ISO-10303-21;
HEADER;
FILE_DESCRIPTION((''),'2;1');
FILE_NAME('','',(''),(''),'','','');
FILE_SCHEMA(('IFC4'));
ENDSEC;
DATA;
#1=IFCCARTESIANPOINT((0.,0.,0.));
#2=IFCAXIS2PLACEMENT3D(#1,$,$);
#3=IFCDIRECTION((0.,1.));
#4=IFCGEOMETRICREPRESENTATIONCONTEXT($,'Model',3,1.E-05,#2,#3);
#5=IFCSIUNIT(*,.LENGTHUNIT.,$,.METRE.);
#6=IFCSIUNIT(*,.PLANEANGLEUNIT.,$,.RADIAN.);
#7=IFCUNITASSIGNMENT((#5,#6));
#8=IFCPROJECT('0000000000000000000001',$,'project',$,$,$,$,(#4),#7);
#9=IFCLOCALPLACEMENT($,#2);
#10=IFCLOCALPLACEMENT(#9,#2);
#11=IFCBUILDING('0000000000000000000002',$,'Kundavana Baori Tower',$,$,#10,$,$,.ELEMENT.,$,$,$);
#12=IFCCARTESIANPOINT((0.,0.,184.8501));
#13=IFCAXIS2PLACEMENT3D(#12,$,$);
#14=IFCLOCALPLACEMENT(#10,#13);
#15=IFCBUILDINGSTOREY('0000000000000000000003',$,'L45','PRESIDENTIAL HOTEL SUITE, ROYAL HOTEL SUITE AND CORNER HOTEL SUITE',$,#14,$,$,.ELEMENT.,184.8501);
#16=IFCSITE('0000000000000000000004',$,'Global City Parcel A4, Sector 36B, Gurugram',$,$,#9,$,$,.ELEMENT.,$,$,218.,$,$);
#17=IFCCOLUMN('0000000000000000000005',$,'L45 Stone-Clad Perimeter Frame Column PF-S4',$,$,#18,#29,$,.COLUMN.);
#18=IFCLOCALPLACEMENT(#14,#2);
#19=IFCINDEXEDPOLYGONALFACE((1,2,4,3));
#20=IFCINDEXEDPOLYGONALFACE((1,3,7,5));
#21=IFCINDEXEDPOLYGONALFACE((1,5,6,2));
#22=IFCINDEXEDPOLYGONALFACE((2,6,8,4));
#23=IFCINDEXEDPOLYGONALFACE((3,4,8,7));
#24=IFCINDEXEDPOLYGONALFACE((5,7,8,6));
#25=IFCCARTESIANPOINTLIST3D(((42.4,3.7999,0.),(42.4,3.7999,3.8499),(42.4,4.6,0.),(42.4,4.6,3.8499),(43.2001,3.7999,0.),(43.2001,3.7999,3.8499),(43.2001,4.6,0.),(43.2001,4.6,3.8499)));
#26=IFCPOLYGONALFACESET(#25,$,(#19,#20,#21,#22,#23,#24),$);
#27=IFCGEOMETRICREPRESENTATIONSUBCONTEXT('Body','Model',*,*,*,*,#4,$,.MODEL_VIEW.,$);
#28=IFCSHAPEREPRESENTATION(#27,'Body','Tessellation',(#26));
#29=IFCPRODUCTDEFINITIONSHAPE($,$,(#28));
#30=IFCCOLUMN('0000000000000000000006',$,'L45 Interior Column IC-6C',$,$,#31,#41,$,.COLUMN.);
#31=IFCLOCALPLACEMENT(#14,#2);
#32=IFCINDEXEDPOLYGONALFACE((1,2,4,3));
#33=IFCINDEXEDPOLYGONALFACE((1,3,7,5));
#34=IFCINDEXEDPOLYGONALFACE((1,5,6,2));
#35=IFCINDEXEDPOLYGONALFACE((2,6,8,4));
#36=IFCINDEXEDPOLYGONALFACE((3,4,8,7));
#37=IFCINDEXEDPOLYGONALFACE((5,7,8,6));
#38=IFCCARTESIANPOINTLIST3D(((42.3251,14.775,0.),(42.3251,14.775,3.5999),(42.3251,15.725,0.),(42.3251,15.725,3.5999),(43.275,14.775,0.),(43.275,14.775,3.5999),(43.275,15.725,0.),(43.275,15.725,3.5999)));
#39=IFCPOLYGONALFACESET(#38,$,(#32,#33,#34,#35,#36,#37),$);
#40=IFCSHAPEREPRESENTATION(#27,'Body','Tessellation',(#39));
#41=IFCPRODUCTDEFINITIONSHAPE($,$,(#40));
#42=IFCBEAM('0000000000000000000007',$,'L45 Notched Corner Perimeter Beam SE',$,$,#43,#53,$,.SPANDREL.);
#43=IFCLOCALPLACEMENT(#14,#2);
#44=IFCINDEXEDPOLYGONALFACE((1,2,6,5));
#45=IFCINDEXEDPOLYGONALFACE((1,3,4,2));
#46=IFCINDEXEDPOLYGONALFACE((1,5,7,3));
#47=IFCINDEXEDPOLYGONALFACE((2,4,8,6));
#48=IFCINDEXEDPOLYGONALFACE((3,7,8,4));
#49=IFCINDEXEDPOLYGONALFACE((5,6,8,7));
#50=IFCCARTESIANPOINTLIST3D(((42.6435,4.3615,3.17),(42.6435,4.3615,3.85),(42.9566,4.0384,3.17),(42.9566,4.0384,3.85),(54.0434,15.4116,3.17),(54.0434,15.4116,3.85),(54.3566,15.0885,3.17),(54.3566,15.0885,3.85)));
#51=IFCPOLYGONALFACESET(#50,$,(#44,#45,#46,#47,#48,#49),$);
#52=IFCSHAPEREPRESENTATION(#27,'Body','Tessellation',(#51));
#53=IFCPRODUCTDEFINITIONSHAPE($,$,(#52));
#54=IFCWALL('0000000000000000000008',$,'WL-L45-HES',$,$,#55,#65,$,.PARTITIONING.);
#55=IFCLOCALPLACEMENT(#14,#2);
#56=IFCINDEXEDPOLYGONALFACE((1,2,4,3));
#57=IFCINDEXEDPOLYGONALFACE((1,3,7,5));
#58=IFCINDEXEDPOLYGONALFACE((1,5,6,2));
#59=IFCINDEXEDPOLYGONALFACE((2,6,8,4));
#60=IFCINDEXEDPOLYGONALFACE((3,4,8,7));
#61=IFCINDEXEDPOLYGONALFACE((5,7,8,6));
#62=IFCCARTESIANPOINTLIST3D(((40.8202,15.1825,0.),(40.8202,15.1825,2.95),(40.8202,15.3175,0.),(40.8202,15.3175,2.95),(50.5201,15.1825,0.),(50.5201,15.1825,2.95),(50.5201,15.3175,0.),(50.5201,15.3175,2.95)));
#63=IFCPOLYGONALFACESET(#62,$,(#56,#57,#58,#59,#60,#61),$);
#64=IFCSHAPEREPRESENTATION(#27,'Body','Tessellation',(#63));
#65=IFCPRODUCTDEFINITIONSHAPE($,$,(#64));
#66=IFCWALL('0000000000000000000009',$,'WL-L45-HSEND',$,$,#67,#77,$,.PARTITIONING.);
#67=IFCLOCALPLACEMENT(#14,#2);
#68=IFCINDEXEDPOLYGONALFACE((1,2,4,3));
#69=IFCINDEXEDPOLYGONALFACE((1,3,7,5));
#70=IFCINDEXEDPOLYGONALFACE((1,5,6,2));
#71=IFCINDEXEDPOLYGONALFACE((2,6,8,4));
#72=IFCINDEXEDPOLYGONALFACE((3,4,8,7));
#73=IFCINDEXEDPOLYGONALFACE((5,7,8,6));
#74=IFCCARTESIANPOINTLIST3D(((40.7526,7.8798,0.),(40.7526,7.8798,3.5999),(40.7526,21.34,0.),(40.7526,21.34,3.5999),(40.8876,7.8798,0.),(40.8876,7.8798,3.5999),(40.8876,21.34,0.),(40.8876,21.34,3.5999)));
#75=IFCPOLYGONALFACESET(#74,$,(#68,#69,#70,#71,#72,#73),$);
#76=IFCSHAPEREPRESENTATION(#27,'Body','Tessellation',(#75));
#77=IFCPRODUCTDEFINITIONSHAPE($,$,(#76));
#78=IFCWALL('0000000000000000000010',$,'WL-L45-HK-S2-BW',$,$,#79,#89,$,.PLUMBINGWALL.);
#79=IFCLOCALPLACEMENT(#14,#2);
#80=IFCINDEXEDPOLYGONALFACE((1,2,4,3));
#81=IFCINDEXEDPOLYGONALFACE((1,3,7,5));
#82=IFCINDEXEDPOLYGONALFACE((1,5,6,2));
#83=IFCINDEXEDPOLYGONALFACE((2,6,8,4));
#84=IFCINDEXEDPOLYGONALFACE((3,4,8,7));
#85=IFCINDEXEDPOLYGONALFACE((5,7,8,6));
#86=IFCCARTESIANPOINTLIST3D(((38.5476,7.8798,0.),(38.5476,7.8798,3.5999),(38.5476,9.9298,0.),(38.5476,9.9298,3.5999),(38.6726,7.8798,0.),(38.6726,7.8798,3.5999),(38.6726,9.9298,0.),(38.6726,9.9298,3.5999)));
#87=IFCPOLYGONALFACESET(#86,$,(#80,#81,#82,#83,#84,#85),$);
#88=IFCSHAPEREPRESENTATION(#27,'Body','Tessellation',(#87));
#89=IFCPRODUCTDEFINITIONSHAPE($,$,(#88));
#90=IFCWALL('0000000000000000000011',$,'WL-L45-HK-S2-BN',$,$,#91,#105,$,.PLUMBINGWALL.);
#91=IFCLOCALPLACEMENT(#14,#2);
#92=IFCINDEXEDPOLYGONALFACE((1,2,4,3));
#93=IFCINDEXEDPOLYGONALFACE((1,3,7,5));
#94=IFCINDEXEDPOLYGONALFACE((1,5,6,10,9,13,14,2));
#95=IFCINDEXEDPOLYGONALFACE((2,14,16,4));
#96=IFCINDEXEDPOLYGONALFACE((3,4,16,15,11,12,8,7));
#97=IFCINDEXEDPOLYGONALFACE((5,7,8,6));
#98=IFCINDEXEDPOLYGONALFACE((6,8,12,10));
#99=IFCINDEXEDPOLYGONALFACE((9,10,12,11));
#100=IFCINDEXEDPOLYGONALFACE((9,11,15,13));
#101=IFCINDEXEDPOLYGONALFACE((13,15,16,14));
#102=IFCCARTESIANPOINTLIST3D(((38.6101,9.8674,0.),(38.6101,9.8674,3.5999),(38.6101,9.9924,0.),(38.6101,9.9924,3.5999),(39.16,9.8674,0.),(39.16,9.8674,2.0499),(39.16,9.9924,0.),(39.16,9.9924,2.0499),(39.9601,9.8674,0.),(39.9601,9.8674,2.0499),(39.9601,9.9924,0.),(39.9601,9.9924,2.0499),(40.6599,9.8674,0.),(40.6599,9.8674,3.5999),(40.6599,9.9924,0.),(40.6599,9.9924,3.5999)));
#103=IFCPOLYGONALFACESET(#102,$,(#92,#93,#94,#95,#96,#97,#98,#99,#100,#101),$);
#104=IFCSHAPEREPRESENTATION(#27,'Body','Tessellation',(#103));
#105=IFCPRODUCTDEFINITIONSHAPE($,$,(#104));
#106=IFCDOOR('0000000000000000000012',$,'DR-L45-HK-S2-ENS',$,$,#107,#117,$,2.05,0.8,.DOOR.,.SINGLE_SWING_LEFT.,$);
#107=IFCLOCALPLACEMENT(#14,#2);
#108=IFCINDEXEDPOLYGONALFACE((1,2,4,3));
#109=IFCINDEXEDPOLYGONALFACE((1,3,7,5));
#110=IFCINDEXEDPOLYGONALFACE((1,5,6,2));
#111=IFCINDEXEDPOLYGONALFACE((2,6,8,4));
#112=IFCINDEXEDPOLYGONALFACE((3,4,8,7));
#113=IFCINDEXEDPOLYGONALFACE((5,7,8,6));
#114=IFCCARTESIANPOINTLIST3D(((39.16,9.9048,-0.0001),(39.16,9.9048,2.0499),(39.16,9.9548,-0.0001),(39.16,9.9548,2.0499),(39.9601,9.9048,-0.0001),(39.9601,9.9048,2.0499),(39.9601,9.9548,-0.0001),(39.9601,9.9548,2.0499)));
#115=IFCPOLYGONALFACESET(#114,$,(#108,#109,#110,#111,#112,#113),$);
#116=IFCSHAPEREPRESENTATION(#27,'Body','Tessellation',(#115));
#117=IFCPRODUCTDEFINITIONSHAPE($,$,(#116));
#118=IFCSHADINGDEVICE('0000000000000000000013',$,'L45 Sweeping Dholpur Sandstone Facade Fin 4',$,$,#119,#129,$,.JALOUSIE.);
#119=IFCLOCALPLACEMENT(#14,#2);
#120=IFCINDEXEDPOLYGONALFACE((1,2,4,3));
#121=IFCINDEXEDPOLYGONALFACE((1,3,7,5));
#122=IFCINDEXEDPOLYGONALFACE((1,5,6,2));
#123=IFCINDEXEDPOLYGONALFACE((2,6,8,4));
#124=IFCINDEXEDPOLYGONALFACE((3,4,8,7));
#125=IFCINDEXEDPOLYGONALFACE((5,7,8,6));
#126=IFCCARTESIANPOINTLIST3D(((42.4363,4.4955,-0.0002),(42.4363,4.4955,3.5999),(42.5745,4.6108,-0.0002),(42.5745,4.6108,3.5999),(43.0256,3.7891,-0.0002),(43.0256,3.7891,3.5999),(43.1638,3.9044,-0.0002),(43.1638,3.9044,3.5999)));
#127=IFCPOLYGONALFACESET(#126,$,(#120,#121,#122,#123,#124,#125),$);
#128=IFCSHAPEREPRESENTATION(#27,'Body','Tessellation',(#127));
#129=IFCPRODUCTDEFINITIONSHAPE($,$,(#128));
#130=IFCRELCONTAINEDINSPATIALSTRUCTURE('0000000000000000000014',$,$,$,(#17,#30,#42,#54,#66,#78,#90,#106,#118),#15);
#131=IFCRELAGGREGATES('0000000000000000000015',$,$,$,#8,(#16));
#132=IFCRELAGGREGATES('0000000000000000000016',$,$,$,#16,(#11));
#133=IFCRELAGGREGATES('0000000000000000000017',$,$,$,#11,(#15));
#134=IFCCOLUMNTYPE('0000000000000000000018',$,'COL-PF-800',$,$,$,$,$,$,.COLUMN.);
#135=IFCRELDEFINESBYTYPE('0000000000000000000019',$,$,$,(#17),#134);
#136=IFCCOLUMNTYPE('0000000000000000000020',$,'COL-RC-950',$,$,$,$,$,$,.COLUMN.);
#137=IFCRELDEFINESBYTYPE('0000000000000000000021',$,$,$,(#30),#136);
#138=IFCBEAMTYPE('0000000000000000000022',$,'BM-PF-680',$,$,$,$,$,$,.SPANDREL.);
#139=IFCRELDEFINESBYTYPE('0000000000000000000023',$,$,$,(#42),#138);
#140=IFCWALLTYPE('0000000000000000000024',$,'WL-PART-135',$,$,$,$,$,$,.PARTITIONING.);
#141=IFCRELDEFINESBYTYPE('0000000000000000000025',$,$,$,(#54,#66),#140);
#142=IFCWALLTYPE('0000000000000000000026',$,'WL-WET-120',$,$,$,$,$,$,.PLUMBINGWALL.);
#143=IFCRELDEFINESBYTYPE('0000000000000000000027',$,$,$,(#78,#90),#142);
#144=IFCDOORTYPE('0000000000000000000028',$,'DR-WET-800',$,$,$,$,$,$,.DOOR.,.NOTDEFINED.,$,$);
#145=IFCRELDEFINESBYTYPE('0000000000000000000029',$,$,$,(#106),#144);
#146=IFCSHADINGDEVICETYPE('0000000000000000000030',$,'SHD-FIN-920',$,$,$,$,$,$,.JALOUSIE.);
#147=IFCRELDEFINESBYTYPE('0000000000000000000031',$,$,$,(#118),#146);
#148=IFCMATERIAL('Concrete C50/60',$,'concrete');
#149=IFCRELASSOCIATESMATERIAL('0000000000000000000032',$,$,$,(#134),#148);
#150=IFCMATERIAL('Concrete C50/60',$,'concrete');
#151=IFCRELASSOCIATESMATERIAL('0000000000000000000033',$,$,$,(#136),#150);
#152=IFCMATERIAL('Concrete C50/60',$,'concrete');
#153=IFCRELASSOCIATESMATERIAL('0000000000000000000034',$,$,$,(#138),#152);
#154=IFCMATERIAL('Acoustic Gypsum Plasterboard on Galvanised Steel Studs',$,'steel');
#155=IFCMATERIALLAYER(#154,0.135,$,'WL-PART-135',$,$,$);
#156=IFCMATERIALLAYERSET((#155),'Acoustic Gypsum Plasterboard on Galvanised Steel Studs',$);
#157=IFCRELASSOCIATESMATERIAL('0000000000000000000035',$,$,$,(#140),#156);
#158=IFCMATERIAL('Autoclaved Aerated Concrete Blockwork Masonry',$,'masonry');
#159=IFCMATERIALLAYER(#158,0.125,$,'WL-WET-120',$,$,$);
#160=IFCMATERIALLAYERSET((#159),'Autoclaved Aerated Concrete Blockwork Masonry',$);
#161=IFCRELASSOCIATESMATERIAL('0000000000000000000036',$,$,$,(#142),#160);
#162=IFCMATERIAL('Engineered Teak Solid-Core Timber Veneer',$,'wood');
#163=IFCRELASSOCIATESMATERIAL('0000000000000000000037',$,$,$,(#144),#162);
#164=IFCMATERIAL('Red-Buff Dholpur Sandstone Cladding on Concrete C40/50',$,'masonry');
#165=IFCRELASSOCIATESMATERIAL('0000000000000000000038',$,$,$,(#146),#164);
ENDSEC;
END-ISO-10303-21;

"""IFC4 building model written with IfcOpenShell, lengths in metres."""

from ifc_helpers import new_model, si_unit, direction, frame, frame_2d, origin, origin_2d, place, context, subcontext, project, spatial, rectangle, extrude, material, layer, layer_set, material_profile, profile_set, type_object, element, fill, save


model = new_model("IFC4")

# Units and contexts
model_context = context("Model", 3, precision=1e-05, world=origin(), true_north=direction((0.0, 1.0)))
body_context = subcontext(model_context, "Body", "Model", "MODEL_VIEW")
ifc_project = project(units=[si_unit("LENGTHUNIT", "METRE"), si_unit("PLANEANGLEUNIT", "RADIAN")], contexts=[model_context])

# Site, building, storey
site_placement = place(None, origin())
site = spatial("IfcSite", under=ifc_project, at=site_placement, Name="Global City Parcel A4, Sector 36B, Gurugram", CompositionType="ELEMENT", RefElevation=218.0)
building_placement = place(site_placement, origin())
building = spatial("IfcBuilding", under=site, at=building_placement, Name="Kundavana Baori Tower", CompositionType="ELEMENT")
storey_placement = place(building_placement, frame((0.0, 0.0, 184.8501)))
storey = spatial("IfcBuildingStorey", under=building, at=storey_placement, Name="L45", Description="PRESIDENTIAL HOTEL SUITE, ROYAL HOTEL SUITE AND CORNER HOTEL SUITE", CompositionType="ELEMENT", Elevation=184.8501)

# Columns
ifc_material_1 = material(Name="Concrete C50/60", Category="concrete")
ifc_material_profile_1 = material_profile(ifc_material_1, rectangle(XDim=0.8, YDim=0.8, at=origin_2d()), Name="RC PF 800x800")
ifc_profile_set_1 = profile_set([ifc_material_profile_1], Name="Concrete C50/60")
column_type_1 = type_object("IfcColumnType", Name="COL-PF-800", PredefinedType="COLUMN", material=ifc_profile_set_1)
column_1_placement = place(storey_placement, frame((42.8, 4.2, 0.0), z_axis=(0.0, 0.0, 1.0), x_axis=(1.0, 0.0, 0.0)))
element("IfcColumn", 1, at=column_1_placement, inside=storey, type_object=column_type_1, Name="L45 Stone-Clad Perimeter Frame Column PF-S4", PredefinedType="COLUMN", context=body_context, shape_type="SweptSolid", body=[
    extrude(rectangle(XDim=0.8, YDim=0.8, at=origin_2d()), origin(), (0.0, 0.0, 1.0), 3.8499),
])
ifc_material_2 = material(Name="Concrete C50/60", Category="concrete")
ifc_material_profile_2 = material_profile(ifc_material_2, rectangle(XDim=0.95, YDim=0.95, at=origin_2d()), Name="RC 950x950")
ifc_profile_set_2 = profile_set([ifc_material_profile_2], Name="Concrete C50/60")
column_type_2 = type_object("IfcColumnType", Name="COL-RC-950", PredefinedType="COLUMN", material=ifc_profile_set_2)
column_2_placement = place(storey_placement, frame((42.8, 15.25, 0.0), z_axis=(0.0, 0.0, 1.0), x_axis=(1.0, 0.0, 0.0)))
element("IfcColumn", 2, at=column_2_placement, inside=storey, type_object=column_type_2, Name="L45 Interior Column IC-6C", PredefinedType="COLUMN", context=body_context, shape_type="SweptSolid", body=[
    extrude(rectangle(XDim=0.95, YDim=0.95, at=origin_2d()), origin(), (0.0, 0.0, 1.0), 3.5999),
])

# Beam
ifc_material_3 = material(Name="Concrete C50/60", Category="concrete")
ifc_material_profile_3 = material_profile(ifc_material_3, rectangle(XDim=0.45, YDim=0.6799, at=origin_2d()), Name="RC BM 450x680")
ifc_profile_set_3 = profile_set([ifc_material_profile_3], Name="Concrete C50/60")
beam_type = type_object("IfcBeamType", Name="BM-PF-680", PredefinedType="SPANDREL", material=ifc_profile_set_3)
beam_placement = place(storey_placement, frame((42.8, 4.2, 3.51), z_axis=(0.718039, 0.696003, 0.0), x_axis=(-0.696003, 0.718039, 0.0)))
element("IfcBeam", 3, at=beam_placement, inside=storey, type_object=beam_type, Name="L45 Notched Corner Perimeter Beam SE", PredefinedType="SPANDREL", context=body_context, shape_type="SweptSolid", body=[
    extrude(rectangle(XDim=0.45, YDim=0.6799, at=origin_2d()), origin(), (0.0, 0.0, 1.0), 15.8765),
])

# Walls
ifc_material_4 = material(Name="Acoustic Gypsum Plasterboard on Galvanised Steel Studs", Category="steel")
ifc_layer_1 = layer(ifc_material_4, 0.135, Name="WL-PART-135")
ifc_layer_set_1 = layer_set([ifc_layer_1], Name="Acoustic Gypsum Plasterboard on Galvanised Steel Studs")
wall_type_1 = type_object("IfcWallType", Name="WL-PART-135", PredefinedType="PARTITIONING", material=ifc_layer_set_1)
wall_1_placement = place(storey_placement, frame((40.8201, 15.25, 0.0), z_axis=(0.0, 0.0, 1.0), x_axis=(1.0, 0.0, 0.0)))
element("IfcWall", 4, at=wall_1_placement, inside=storey, type_object=wall_type_1, Name="WL-L45-HES", PredefinedType="PARTITIONING", context=body_context, shape_type="SweptSolid", body=[
    extrude(rectangle(XDim=9.7, YDim=0.135, at=frame_2d((4.8501, 0.0))), origin(), (0.0, 0.0, 1.0), 2.95),
])
wall_2_placement = place(storey_placement, frame((40.8201, 7.8799, 0.0), z_axis=(0.0, 0.0, 1.0), x_axis=(0.0, 1.0, 0.0)))
element("IfcWall", 5, at=wall_2_placement, inside=storey, type_object=wall_type_1, Name="WL-L45-HSEND", PredefinedType="PARTITIONING", context=body_context, shape_type="SweptSolid", body=[
    extrude(rectangle(XDim=13.4602, YDim=0.135, at=frame_2d((6.73, 0.0))), origin(), (0.0, 0.0, 1.0), 3.5999),
])
ifc_material_5 = material(Name="Autoclaved Aerated Concrete Blockwork Masonry", Category="masonry")
ifc_layer_2 = layer(ifc_material_5, 0.125, Name="WL-WET-120")
ifc_layer_set_2 = layer_set([ifc_layer_2], Name="Autoclaved Aerated Concrete Blockwork Masonry")
wall_type_2 = type_object("IfcWallType", Name="WL-WET-120", PredefinedType="PLUMBINGWALL", material=ifc_layer_set_2)
wall_3_placement = place(storey_placement, frame((38.6101, 7.8799, 0.0), z_axis=(0.0, 0.0, 1.0), x_axis=(0.0, 1.0, 0.0)))
element("IfcWall", 6, at=wall_3_placement, inside=storey, type_object=wall_type_2, Name="WL-L45-HK-S2-BW", PredefinedType="PLUMBINGWALL", context=body_context, shape_type="SweptSolid", body=[
    extrude(rectangle(XDim=2.05, YDim=0.125, at=frame_2d((1.0249, 0.0))), origin(), (0.0, 0.0, 1.0), 3.5999),
])

# Wall, opening, door
wall_4_placement = place(storey_placement, frame((38.6101, 9.9299, 0.0), z_axis=(0.0, 0.0, 1.0), x_axis=(1.0, 0.0, 0.0)))
wall_4 = element("IfcWall", 7, at=wall_4_placement, inside=storey, type_object=wall_type_2, Name="WL-L45-HK-S2-BN", PredefinedType="PLUMBINGWALL", context=body_context, shape_type="SweptSolid", body=[
    extrude(rectangle(XDim=2.0498, YDim=0.125, at=frame_2d((1.0249, 0.0))), origin(), (0.0, 0.0, 1.0), 3.5999),
])
opening_placement = place(wall_4_placement, frame((0.55, 0.0, 0.0)))
opening = element("IfcOpeningElement", 8, at=opening_placement, cuts=wall_4, PredefinedType="OPENING", context=body_context, shape_type="SweptSolid", body=[
    extrude(rectangle(XDim=0.8, YDim=2.05, at=frame_2d((0.3999, 1.0249))), frame((0.0, 0.0725, 0.0), z_axis=(0.0, -1.0, 0.0), x_axis=(1.0, 0.0, 0.0)), (0.0, 0.0, 1.0), 0.145),
])
ifc_material_6 = material(Name="Engineered Teak Solid-Core Timber Veneer", Category="wood")
door_type = type_object("IfcDoorType", Name="DR-WET-800", OperationType="NOTDEFINED", PredefinedType="DOOR", material=ifc_material_6)
door_placement = place(opening_placement, origin())
door = element("IfcDoor", 9, at=door_placement, inside=storey, type_object=door_type, Name="DR-L45-HK-S2-ENS", OperationType="SINGLE_SWING_LEFT", OverallHeight=2.05, OverallWidth=0.8, PredefinedType="DOOR", context=body_context, shape_type="SweptSolid", body=[
    extrude(rectangle(XDim=0.8, YDim=2.05, at=frame_2d((0.3999, 1.0249))), frame((0.0, 0.0249, 0.0), z_axis=(0.0, -1.0, 0.0), x_axis=(1.0, 0.0, 0.0)), (0.0, 0.0, 1.0), 0.05),
])
fill(opening, door)

# Shading device
ifc_material_7 = material(Name="Red-Buff Dholpur Sandstone Cladding on Concrete C40/50", Category="masonry")
shading_device_type = type_object("IfcShadingDeviceType", Name="SHD-FIN-920", PredefinedType="JALOUSIE", material=ifc_material_7)
shading_device_placement = place(storey_placement, frame((42.8, 4.2, -0.0002), z_axis=(0.0, 0.0, 1.0), x_axis=(0.767836, 0.640646, 0.0)))
element("IfcShadingDevice", 10, at=shading_device_placement, inside=storey, type_object=shading_device_type, Name="L45 Sweeping Dholpur Sandstone Facade Fin 4", PredefinedType="JALOUSIE", context=body_context, shape_type="SweptSolid", body=[
    extrude(rectangle(XDim=0.1799, YDim=0.9199, at=origin_2d()), origin(), (0.0, 0.0, 1.0), 3.6001),
])

save(model, "model.ifc")
